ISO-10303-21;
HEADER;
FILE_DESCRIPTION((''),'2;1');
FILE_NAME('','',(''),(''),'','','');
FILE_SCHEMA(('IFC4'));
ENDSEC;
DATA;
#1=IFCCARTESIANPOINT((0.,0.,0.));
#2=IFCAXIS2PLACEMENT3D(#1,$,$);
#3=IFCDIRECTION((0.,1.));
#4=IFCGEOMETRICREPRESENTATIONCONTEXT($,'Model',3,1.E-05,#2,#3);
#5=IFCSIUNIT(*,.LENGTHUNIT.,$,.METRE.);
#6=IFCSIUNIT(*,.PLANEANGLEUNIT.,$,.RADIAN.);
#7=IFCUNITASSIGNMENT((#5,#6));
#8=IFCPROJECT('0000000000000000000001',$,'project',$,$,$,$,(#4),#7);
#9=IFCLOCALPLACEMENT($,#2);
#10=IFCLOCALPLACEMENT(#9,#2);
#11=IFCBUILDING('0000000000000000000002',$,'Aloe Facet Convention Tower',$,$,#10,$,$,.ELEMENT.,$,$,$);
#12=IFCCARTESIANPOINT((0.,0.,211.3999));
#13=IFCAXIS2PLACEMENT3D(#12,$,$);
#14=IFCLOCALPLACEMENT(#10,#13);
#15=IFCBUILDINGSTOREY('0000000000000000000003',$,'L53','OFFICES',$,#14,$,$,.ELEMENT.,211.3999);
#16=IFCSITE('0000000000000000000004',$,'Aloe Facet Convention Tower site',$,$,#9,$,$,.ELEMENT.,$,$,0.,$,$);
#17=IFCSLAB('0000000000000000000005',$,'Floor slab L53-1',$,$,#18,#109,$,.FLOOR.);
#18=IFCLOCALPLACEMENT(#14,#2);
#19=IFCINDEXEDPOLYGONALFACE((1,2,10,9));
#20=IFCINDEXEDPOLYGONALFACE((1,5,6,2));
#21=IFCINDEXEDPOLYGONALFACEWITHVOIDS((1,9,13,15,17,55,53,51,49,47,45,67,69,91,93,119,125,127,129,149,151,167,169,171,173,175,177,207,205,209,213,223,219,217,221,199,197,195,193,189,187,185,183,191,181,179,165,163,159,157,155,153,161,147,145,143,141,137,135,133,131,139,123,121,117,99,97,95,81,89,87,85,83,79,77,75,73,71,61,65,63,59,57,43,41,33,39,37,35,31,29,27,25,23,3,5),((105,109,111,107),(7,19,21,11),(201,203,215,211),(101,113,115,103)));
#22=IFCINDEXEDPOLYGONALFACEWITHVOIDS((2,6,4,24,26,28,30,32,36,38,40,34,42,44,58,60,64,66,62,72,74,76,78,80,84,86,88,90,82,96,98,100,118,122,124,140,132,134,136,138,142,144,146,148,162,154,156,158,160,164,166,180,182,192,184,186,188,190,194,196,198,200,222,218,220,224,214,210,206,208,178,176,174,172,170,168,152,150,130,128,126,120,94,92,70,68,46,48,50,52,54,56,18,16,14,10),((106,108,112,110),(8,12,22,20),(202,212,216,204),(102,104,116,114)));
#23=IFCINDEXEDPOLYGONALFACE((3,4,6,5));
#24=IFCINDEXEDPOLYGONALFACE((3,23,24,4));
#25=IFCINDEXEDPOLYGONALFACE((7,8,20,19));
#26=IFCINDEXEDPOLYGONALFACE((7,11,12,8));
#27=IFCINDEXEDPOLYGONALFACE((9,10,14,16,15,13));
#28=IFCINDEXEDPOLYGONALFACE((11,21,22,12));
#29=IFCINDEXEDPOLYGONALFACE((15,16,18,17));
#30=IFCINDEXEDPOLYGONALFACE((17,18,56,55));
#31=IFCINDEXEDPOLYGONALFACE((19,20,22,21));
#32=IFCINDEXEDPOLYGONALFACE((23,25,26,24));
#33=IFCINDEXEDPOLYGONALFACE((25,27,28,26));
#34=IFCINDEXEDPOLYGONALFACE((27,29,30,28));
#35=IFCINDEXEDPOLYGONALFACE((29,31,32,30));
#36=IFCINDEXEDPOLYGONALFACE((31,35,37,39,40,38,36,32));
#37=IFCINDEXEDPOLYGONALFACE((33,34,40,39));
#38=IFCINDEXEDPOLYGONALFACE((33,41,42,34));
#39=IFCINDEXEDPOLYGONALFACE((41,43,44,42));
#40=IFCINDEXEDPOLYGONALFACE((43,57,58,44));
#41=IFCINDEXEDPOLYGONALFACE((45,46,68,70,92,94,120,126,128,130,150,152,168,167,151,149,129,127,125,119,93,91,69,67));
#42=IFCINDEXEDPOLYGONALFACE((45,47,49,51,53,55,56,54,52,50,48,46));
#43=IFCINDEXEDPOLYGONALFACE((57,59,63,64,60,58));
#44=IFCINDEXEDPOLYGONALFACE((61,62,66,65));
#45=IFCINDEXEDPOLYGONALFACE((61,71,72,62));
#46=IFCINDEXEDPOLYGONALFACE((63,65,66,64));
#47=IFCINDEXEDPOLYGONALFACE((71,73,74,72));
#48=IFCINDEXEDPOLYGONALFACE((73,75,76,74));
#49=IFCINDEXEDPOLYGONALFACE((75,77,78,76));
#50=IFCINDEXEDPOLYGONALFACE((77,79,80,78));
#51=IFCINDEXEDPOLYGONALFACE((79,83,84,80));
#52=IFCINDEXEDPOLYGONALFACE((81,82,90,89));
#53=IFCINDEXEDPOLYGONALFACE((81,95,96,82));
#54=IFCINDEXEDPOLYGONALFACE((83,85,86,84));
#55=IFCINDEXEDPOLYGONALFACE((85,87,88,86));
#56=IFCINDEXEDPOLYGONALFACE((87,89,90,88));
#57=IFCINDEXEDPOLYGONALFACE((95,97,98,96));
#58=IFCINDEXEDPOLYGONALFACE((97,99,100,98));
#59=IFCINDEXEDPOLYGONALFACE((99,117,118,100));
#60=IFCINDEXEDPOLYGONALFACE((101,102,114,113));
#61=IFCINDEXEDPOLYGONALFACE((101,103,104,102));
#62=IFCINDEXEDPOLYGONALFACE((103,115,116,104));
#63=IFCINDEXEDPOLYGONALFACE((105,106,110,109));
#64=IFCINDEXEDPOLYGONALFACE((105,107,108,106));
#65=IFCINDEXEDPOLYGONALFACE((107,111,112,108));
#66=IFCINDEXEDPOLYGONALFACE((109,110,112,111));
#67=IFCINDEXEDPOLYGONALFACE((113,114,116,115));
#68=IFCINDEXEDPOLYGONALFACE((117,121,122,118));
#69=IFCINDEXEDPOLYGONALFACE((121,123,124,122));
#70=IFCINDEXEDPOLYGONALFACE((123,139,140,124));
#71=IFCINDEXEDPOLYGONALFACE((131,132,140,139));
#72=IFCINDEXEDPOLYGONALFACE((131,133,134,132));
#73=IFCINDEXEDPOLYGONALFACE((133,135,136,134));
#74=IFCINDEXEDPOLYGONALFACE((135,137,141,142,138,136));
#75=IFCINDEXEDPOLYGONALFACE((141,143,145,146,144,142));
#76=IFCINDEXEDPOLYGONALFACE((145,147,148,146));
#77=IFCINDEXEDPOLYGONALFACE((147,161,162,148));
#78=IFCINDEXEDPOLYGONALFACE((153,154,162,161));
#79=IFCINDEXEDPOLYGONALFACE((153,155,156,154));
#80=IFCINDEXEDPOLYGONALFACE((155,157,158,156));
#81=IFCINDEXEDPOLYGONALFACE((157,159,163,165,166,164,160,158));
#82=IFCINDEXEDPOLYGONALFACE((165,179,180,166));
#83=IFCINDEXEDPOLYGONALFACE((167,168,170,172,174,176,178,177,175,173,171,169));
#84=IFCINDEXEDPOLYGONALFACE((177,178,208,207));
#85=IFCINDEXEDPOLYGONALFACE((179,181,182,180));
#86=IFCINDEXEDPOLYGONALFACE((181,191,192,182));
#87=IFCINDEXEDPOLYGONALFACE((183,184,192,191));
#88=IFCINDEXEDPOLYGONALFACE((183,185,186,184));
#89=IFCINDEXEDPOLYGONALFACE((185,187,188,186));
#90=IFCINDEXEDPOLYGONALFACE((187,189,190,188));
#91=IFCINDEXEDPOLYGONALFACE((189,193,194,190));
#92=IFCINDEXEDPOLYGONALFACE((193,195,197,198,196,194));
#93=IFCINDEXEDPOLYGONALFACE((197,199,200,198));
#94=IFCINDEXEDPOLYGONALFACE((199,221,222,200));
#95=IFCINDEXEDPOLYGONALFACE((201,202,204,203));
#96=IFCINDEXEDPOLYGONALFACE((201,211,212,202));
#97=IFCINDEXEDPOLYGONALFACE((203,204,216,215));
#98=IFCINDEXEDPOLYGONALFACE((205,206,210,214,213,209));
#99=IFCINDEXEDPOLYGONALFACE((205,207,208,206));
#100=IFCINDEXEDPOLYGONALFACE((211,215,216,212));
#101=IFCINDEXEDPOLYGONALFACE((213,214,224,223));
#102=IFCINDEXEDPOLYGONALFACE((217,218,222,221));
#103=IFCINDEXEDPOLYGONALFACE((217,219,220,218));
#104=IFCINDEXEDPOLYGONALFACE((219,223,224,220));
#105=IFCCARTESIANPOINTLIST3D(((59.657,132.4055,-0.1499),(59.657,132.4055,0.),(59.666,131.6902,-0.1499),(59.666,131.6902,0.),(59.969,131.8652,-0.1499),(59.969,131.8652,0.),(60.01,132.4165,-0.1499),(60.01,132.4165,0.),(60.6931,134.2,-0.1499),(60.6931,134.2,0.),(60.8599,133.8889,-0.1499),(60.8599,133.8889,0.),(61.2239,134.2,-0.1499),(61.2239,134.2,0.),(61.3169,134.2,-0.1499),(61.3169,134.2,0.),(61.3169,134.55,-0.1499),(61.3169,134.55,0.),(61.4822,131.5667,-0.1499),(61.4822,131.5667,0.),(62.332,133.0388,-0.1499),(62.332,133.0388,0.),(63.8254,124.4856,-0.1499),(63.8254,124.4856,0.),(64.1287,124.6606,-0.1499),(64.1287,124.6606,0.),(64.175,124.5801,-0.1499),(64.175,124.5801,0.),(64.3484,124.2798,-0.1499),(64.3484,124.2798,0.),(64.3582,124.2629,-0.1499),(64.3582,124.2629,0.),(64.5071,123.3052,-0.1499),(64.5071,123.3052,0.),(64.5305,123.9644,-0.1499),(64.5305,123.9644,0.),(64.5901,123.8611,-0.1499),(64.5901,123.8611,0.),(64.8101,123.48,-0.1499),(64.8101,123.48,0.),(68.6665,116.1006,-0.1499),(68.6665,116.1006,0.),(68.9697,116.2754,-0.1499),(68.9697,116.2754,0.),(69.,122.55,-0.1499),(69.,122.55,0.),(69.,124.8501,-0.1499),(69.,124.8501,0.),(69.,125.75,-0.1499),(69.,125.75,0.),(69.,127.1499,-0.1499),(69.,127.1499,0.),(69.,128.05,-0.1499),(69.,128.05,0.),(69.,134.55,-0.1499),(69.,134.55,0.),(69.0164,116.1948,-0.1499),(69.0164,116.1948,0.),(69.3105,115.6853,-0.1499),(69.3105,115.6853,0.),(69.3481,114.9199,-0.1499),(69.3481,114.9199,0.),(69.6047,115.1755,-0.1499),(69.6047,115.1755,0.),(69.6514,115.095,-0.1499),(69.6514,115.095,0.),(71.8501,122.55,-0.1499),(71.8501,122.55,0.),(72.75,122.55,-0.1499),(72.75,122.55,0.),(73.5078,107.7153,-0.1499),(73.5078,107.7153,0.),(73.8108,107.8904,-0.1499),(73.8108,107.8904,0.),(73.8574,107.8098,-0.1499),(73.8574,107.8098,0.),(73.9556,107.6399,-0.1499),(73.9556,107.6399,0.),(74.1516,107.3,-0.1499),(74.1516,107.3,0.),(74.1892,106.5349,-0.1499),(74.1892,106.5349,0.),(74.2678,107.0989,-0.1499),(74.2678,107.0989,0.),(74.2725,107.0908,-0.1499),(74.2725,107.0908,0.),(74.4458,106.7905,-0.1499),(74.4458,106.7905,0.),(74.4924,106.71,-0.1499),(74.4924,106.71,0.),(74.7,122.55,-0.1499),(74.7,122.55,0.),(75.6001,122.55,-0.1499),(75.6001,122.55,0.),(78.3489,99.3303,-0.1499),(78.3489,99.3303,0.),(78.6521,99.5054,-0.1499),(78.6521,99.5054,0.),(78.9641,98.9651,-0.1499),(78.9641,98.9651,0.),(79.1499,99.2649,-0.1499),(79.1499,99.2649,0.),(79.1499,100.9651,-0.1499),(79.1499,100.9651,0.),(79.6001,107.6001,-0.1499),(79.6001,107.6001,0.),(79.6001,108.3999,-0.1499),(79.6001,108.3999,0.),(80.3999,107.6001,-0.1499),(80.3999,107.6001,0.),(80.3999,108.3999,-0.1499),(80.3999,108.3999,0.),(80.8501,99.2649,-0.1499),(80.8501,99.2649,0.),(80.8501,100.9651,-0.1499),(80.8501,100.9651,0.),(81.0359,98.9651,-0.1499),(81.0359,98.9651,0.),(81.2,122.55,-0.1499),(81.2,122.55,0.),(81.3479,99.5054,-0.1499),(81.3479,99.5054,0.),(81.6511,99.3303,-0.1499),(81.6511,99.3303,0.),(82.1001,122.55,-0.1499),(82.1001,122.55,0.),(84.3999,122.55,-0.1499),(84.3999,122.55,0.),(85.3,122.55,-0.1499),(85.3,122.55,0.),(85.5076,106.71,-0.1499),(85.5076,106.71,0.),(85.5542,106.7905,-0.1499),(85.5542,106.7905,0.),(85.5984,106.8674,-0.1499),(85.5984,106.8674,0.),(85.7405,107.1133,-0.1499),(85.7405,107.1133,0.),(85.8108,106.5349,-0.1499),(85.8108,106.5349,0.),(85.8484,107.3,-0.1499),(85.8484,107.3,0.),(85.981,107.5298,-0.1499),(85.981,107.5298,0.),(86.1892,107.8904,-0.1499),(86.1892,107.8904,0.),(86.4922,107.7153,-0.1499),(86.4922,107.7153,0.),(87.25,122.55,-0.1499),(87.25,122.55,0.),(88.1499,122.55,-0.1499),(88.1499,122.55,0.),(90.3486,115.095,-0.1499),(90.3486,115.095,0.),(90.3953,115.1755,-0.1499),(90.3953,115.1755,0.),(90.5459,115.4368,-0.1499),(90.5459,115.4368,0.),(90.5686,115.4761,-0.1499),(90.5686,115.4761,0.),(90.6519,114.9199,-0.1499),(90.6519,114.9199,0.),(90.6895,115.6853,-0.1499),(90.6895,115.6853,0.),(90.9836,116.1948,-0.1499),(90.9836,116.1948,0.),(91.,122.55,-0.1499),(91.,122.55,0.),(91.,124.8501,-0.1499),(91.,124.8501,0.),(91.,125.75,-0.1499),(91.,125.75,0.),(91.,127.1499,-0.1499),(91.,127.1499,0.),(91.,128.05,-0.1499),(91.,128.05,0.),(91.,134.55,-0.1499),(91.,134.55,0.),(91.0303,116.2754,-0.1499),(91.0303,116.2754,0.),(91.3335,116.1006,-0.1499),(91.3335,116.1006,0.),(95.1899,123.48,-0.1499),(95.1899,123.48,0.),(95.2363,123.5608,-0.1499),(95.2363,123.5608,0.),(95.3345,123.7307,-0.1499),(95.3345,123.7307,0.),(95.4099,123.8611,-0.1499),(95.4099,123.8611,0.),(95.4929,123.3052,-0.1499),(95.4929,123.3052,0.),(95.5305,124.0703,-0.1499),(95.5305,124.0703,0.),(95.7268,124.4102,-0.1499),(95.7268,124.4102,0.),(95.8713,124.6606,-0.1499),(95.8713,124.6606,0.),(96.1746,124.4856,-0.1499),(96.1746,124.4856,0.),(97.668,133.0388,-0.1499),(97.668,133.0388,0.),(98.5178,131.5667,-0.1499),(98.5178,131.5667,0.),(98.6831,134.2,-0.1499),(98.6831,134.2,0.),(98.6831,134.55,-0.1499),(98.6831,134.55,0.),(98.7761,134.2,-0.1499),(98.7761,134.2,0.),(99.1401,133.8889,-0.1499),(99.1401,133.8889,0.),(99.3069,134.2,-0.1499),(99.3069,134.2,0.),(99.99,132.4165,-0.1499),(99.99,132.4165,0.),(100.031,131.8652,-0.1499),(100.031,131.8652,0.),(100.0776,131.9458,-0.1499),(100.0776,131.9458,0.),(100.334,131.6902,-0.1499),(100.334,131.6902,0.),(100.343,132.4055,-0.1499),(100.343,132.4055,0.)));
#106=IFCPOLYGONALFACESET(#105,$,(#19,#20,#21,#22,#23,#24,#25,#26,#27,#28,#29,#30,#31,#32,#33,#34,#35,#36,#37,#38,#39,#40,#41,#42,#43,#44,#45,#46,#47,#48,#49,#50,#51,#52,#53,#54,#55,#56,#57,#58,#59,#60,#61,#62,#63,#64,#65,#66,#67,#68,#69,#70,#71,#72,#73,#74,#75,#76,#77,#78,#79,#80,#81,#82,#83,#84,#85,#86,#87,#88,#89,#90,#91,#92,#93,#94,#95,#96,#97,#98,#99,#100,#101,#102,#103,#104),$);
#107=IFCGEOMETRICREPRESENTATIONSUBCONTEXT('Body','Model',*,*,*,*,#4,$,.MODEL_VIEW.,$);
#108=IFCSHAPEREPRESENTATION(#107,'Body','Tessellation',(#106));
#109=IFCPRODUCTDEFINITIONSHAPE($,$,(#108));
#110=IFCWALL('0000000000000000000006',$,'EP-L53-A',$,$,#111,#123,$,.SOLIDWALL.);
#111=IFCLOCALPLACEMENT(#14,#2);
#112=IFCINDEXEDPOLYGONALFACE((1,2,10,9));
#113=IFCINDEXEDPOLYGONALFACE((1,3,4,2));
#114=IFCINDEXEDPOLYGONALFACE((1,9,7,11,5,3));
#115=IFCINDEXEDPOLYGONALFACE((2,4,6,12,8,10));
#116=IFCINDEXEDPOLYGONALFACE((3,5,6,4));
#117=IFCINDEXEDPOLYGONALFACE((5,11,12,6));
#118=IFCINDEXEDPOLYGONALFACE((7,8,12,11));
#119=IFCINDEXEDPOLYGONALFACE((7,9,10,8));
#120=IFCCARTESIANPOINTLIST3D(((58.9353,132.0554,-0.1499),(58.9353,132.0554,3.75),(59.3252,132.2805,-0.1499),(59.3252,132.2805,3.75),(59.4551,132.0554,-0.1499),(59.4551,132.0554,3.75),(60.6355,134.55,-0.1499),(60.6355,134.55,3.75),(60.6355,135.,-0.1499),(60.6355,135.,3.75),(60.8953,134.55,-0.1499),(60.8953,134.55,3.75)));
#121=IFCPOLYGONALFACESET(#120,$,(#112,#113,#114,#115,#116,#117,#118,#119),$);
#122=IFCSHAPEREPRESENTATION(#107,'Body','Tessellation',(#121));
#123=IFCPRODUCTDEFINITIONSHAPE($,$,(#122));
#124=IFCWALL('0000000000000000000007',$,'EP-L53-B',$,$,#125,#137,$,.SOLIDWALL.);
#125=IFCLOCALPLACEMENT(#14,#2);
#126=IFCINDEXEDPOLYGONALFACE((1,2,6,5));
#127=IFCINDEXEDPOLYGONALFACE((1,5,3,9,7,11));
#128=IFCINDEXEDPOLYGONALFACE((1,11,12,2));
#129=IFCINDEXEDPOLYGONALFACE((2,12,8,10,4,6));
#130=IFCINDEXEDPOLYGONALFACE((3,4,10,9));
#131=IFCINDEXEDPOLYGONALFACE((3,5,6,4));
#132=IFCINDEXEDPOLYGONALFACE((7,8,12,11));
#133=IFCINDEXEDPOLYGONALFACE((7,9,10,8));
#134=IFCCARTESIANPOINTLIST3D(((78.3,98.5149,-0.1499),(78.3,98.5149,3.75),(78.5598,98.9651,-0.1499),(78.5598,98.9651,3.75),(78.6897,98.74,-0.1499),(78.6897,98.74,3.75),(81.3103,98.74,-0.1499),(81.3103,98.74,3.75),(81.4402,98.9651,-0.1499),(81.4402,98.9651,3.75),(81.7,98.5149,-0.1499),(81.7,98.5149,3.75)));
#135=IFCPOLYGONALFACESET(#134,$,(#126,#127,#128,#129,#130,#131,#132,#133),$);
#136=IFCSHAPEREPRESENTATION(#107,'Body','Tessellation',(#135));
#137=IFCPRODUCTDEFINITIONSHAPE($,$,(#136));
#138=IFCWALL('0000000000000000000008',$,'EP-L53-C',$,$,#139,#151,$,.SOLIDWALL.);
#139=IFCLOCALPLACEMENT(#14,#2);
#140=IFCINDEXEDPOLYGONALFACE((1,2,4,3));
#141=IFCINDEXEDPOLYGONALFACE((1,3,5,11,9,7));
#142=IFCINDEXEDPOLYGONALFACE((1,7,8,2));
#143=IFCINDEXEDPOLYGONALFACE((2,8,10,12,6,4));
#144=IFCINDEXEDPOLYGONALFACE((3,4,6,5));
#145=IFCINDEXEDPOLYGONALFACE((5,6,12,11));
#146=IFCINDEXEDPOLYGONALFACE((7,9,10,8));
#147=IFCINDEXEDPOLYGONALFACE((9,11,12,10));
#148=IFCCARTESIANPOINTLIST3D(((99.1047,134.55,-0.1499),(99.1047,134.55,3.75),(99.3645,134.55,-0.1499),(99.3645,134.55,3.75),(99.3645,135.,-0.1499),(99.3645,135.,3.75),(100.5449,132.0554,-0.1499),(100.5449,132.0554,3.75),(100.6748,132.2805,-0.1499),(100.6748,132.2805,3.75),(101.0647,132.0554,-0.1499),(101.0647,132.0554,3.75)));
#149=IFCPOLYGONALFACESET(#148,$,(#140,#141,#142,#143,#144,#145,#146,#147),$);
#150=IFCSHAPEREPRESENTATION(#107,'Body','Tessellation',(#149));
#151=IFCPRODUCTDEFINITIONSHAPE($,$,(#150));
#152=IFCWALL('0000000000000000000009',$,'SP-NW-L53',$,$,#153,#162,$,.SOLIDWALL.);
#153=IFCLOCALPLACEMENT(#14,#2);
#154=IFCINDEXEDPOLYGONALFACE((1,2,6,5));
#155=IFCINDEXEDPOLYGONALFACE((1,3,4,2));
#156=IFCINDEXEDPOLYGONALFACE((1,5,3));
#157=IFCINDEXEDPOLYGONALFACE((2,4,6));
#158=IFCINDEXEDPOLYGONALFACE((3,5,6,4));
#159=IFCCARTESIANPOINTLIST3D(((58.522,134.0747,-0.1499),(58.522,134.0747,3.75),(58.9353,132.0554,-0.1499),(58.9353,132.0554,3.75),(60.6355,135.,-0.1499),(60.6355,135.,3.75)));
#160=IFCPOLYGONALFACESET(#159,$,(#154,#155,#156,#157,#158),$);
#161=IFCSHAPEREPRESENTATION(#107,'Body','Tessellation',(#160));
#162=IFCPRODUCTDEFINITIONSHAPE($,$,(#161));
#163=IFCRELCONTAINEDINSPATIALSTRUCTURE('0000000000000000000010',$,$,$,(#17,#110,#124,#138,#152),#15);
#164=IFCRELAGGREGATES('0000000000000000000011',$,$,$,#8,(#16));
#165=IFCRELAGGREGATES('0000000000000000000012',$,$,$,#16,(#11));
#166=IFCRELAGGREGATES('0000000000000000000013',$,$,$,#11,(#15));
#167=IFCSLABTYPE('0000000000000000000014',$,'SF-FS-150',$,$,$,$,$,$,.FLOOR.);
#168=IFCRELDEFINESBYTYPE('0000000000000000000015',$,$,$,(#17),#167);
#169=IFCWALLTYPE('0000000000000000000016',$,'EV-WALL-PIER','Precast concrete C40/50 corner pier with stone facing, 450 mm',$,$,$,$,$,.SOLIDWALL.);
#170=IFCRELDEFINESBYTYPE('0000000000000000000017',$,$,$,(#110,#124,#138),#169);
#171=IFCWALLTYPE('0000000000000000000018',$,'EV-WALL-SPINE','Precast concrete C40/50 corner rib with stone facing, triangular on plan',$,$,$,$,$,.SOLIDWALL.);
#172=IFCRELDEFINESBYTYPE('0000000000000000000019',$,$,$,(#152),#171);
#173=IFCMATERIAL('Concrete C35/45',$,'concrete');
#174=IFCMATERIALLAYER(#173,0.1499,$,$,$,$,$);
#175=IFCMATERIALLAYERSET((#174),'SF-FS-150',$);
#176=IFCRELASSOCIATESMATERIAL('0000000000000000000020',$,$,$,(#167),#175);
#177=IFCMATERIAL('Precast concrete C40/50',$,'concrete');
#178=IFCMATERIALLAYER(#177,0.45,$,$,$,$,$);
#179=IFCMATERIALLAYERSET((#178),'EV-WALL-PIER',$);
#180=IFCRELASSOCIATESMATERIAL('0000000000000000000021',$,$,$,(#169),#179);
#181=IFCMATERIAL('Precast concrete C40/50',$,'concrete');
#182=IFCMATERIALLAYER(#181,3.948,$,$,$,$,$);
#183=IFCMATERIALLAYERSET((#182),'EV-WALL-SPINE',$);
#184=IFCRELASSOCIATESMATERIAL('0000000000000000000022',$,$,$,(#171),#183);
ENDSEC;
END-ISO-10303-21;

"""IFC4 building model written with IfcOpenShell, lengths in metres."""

from ifc_helpers import new_model, si_unit, direction, frame, origin, place, context, subcontext, project, spatial, polyline, outline, extrude, material, layer, layer_set, type_object, element, save


model = new_model("IFC4")

# Units and contexts
model_context = context("Model", 3, precision=1e-05, world=origin(), true_north=direction((0.0, 1.0)))
body_context = subcontext(model_context, "Body", "Model", "MODEL_VIEW")
ifc_project = project(units=[si_unit("LENGTHUNIT", "METRE"), si_unit("PLANEANGLEUNIT", "RADIAN")], contexts=[model_context])

# Site, building, storey
site_placement = place(None, origin())
site = spatial("IfcSite", under=ifc_project, at=site_placement, Name="Aloe Facet Convention Tower site", CompositionType="ELEMENT", RefElevation=0.0)
building_placement = place(site_placement, origin())
building = spatial("IfcBuilding", under=site, at=building_placement, Name="Aloe Facet Convention Tower", CompositionType="ELEMENT")
storey_placement = place(building_placement, frame((0.0, 0.0, 211.3999)))
storey = spatial("IfcBuildingStorey", under=building, at=storey_placement, Name="L53", Description="OFFICES", CompositionType="ELEMENT", Elevation=211.3999)

# Slab
ifc_material_1 = material(Name="Concrete C35/45", Category="concrete")
ifc_layer_1 = layer(ifc_material_1, 0.1499)
ifc_layer_set_1 = layer_set([ifc_layer_1], Name="SF-FS-150")
slab_type_1 = type_object("IfcSlabType", Name="SF-FS-150", PredefinedType="FLOOR", material=ifc_layer_set_1)
slab_1_placement = place(storey_placement, frame((0.0, 0.0, -0.1499)))
element("IfcSlab", 1, at=slab_1_placement, inside=storey, type_object=slab_type_1, Name="Floor slab L53-1", PredefinedType="FLOOR", context=body_context, shape_type="SweptSolid", body=[
    extrude(outline(polyline([(100.343, 132.4055), (100.0776, 131.9458), (100.031, 131.8652), (100.334, 131.6902), (96.1746, 124.4856), (95.8713, 124.6606), (95.7268, 124.4102), (95.5305, 124.0703), (95.4099, 123.8611), (95.3345, 123.7307), (95.2363, 123.5608), (95.1899, 123.48), (95.4929, 123.3052), (91.3335, 116.1006), (91.0303, 116.2754), (90.9836, 116.1948), (90.6895, 115.6853), (90.5686, 115.4761), (90.5459, 115.4368), (90.3953, 115.1755), (90.3486, 115.095), (90.6519, 114.9199), (86.4922, 107.7153), (86.1892, 107.8904), (85.981, 107.5298), (85.8484, 107.3), (85.7405, 107.1133), (85.5984, 106.8674), (85.5542, 106.7905), (85.5076, 106.71), (85.8108, 106.5349), (81.6511, 99.3303), (81.3479, 99.5054), (81.0359, 98.9651), (78.9641, 98.9651), (78.6521, 99.5054), (78.3489, 99.3303), (74.1892, 106.5349), (74.4924, 106.71), (74.4458, 106.7905), (74.2725, 107.0908), (74.2678, 107.0989), (74.1516, 107.3), (73.9556, 107.6399), (73.8574, 107.8098), (73.8108, 107.8904), (73.5078, 107.7153), (69.3481, 114.9199), (69.6514, 115.095), (69.6047, 115.1755), (69.3105, 115.6853), (69.0164, 116.1948), (68.9697, 116.2754), (68.6665, 116.1006), (64.5071, 123.3052), (64.8101, 123.48), (64.5901, 123.8611), (64.5305, 123.9644), (64.3582, 124.2629), (64.3484, 124.2798), (64.175, 124.5801), (64.1287, 124.6606), (63.8254, 124.4856), (59.666, 131.6902), (59.969, 131.8652), (59.657, 132.4055), (60.6931, 134.2), (61.2239, 134.2), (61.3169, 134.2), (61.3169, 134.55), (69.0, 134.55), (69.0, 128.05), (69.0, 127.1499), (69.0, 125.75), (69.0, 124.8501), (69.0, 122.55), (71.8501, 122.55), (72.75, 122.55), (74.7, 122.55), (75.6001, 122.55), (81.2, 122.55), (82.1001, 122.55), (84.3999, 122.55), (85.3, 122.55), (87.25, 122.55), (88.1499, 122.55), (91.0, 122.55), (91.0, 124.8501), (91.0, 125.75), (91.0, 127.1499), (91.0, 128.05), (91.0, 134.55), (98.6831, 134.55), (98.6831, 134.2), (98.7761, 134.2), (99.3069, 134.2), (100.343, 132.4055)]), holes=[polyline([(62.332, 133.0388), (60.8599, 133.8889), (60.01, 132.4165), (61.4822, 131.5667), (62.332, 133.0388)]), polyline([(79.1499, 100.9651), (79.1499, 99.2649), (80.8501, 99.2649), (80.8501, 100.9651), (79.1499, 100.9651)]), polyline([(79.6001, 107.6001), (80.3999, 107.6001), (80.3999, 108.3999), (79.6001, 108.3999), (79.6001, 107.6001)]), polyline([(99.99, 132.4165), (99.1401, 133.8889), (97.668, 133.0388), (98.5178, 131.5667), (99.99, 132.4165)])]), origin(), (0.0, 0.0, 1.0), 0.1499),
])

# Walls
ifc_material_2 = material(Name="Precast concrete C40/50", Category="concrete")
ifc_layer_2 = layer(ifc_material_2, 0.45)
ifc_layer_set_2 = layer_set([ifc_layer_2], Name="EV-WALL-PIER")
wall_type_1 = type_object("IfcWallType", Name="EV-WALL-PIER", Description="Precast concrete C40/50 corner pier with stone facing, 450 mm", PredefinedType="SOLIDWALL", material=ifc_layer_set_2)
wall_1_placement = place(storey_placement, frame((0.0, 0.0, -0.1499)))
element("IfcWall", 2, at=wall_1_placement, inside=storey, type_object=wall_type_1, Name="EP-L53-A", PredefinedType="SOLIDWALL", context=body_context, shape_type="SweptSolid", body=[
    extrude(outline(polyline([(60.6355, 135.0), (60.6355, 134.55), (60.8953, 134.55), (59.4551, 132.0554), (59.3252, 132.2805), (58.9353, 132.0554), (60.6355, 135.0)])), origin(), (0.0, 0.0, 1.0), 3.8999),
])
wall_2_placement = place(storey_placement, frame((0.0, 0.0, -0.1499)))
element("IfcWall", 3, at=wall_2_placement, inside=storey, type_object=wall_type_1, Name="EP-L53-B", PredefinedType="SOLIDWALL", context=body_context, shape_type="SweptSolid", body=[
    extrude(outline(polyline([(78.3, 98.5149), (78.6897, 98.74), (78.5598, 98.9651), (81.4402, 98.9651), (81.3103, 98.74), (81.7, 98.5149), (78.3, 98.5149)])), origin(), (0.0, 0.0, 1.0), 3.8999),
])
wall_3_placement = place(storey_placement, frame((0.0, 0.0, -0.1499)))
element("IfcWall", 4, at=wall_3_placement, inside=storey, type_object=wall_type_1, Name="EP-L53-C", PredefinedType="SOLIDWALL", context=body_context, shape_type="SweptSolid", body=[
    extrude(outline(polyline([(101.0647, 132.0554), (100.6748, 132.2805), (100.5449, 132.0554), (99.1047, 134.55), (99.3645, 134.55), (99.3645, 135.0), (101.0647, 132.0554)])), origin(), (0.0, 0.0, 1.0), 3.8999),
])
ifc_material_3 = material(Name="Precast concrete C40/50", Category="concrete")
ifc_layer_3 = layer(ifc_material_3, 3.948)
ifc_layer_set_3 = layer_set([ifc_layer_3], Name="EV-WALL-SPINE")
wall_type_2 = type_object("IfcWallType", Name="EV-WALL-SPINE", Description="Precast concrete C40/50 corner rib with stone facing, triangular on plan", PredefinedType="SOLIDWALL", material=ifc_layer_set_3)
wall_4_placement = place(storey_placement, frame((0.0, 0.0, -0.1499)))
element("IfcWall", 5, at=wall_4_placement, inside=storey, type_object=wall_type_2, Name="SP-NW-L53", PredefinedType="SOLIDWALL", context=body_context, shape_type="SweptSolid", body=[
    extrude(outline(polyline([(60.6355, 135.0), (58.522, 134.0747), (58.9353, 132.0554), (60.6355, 135.0)])), origin(), (0.0, 0.0, 1.0), 3.8999),
])

save(model, "model.ifc")
